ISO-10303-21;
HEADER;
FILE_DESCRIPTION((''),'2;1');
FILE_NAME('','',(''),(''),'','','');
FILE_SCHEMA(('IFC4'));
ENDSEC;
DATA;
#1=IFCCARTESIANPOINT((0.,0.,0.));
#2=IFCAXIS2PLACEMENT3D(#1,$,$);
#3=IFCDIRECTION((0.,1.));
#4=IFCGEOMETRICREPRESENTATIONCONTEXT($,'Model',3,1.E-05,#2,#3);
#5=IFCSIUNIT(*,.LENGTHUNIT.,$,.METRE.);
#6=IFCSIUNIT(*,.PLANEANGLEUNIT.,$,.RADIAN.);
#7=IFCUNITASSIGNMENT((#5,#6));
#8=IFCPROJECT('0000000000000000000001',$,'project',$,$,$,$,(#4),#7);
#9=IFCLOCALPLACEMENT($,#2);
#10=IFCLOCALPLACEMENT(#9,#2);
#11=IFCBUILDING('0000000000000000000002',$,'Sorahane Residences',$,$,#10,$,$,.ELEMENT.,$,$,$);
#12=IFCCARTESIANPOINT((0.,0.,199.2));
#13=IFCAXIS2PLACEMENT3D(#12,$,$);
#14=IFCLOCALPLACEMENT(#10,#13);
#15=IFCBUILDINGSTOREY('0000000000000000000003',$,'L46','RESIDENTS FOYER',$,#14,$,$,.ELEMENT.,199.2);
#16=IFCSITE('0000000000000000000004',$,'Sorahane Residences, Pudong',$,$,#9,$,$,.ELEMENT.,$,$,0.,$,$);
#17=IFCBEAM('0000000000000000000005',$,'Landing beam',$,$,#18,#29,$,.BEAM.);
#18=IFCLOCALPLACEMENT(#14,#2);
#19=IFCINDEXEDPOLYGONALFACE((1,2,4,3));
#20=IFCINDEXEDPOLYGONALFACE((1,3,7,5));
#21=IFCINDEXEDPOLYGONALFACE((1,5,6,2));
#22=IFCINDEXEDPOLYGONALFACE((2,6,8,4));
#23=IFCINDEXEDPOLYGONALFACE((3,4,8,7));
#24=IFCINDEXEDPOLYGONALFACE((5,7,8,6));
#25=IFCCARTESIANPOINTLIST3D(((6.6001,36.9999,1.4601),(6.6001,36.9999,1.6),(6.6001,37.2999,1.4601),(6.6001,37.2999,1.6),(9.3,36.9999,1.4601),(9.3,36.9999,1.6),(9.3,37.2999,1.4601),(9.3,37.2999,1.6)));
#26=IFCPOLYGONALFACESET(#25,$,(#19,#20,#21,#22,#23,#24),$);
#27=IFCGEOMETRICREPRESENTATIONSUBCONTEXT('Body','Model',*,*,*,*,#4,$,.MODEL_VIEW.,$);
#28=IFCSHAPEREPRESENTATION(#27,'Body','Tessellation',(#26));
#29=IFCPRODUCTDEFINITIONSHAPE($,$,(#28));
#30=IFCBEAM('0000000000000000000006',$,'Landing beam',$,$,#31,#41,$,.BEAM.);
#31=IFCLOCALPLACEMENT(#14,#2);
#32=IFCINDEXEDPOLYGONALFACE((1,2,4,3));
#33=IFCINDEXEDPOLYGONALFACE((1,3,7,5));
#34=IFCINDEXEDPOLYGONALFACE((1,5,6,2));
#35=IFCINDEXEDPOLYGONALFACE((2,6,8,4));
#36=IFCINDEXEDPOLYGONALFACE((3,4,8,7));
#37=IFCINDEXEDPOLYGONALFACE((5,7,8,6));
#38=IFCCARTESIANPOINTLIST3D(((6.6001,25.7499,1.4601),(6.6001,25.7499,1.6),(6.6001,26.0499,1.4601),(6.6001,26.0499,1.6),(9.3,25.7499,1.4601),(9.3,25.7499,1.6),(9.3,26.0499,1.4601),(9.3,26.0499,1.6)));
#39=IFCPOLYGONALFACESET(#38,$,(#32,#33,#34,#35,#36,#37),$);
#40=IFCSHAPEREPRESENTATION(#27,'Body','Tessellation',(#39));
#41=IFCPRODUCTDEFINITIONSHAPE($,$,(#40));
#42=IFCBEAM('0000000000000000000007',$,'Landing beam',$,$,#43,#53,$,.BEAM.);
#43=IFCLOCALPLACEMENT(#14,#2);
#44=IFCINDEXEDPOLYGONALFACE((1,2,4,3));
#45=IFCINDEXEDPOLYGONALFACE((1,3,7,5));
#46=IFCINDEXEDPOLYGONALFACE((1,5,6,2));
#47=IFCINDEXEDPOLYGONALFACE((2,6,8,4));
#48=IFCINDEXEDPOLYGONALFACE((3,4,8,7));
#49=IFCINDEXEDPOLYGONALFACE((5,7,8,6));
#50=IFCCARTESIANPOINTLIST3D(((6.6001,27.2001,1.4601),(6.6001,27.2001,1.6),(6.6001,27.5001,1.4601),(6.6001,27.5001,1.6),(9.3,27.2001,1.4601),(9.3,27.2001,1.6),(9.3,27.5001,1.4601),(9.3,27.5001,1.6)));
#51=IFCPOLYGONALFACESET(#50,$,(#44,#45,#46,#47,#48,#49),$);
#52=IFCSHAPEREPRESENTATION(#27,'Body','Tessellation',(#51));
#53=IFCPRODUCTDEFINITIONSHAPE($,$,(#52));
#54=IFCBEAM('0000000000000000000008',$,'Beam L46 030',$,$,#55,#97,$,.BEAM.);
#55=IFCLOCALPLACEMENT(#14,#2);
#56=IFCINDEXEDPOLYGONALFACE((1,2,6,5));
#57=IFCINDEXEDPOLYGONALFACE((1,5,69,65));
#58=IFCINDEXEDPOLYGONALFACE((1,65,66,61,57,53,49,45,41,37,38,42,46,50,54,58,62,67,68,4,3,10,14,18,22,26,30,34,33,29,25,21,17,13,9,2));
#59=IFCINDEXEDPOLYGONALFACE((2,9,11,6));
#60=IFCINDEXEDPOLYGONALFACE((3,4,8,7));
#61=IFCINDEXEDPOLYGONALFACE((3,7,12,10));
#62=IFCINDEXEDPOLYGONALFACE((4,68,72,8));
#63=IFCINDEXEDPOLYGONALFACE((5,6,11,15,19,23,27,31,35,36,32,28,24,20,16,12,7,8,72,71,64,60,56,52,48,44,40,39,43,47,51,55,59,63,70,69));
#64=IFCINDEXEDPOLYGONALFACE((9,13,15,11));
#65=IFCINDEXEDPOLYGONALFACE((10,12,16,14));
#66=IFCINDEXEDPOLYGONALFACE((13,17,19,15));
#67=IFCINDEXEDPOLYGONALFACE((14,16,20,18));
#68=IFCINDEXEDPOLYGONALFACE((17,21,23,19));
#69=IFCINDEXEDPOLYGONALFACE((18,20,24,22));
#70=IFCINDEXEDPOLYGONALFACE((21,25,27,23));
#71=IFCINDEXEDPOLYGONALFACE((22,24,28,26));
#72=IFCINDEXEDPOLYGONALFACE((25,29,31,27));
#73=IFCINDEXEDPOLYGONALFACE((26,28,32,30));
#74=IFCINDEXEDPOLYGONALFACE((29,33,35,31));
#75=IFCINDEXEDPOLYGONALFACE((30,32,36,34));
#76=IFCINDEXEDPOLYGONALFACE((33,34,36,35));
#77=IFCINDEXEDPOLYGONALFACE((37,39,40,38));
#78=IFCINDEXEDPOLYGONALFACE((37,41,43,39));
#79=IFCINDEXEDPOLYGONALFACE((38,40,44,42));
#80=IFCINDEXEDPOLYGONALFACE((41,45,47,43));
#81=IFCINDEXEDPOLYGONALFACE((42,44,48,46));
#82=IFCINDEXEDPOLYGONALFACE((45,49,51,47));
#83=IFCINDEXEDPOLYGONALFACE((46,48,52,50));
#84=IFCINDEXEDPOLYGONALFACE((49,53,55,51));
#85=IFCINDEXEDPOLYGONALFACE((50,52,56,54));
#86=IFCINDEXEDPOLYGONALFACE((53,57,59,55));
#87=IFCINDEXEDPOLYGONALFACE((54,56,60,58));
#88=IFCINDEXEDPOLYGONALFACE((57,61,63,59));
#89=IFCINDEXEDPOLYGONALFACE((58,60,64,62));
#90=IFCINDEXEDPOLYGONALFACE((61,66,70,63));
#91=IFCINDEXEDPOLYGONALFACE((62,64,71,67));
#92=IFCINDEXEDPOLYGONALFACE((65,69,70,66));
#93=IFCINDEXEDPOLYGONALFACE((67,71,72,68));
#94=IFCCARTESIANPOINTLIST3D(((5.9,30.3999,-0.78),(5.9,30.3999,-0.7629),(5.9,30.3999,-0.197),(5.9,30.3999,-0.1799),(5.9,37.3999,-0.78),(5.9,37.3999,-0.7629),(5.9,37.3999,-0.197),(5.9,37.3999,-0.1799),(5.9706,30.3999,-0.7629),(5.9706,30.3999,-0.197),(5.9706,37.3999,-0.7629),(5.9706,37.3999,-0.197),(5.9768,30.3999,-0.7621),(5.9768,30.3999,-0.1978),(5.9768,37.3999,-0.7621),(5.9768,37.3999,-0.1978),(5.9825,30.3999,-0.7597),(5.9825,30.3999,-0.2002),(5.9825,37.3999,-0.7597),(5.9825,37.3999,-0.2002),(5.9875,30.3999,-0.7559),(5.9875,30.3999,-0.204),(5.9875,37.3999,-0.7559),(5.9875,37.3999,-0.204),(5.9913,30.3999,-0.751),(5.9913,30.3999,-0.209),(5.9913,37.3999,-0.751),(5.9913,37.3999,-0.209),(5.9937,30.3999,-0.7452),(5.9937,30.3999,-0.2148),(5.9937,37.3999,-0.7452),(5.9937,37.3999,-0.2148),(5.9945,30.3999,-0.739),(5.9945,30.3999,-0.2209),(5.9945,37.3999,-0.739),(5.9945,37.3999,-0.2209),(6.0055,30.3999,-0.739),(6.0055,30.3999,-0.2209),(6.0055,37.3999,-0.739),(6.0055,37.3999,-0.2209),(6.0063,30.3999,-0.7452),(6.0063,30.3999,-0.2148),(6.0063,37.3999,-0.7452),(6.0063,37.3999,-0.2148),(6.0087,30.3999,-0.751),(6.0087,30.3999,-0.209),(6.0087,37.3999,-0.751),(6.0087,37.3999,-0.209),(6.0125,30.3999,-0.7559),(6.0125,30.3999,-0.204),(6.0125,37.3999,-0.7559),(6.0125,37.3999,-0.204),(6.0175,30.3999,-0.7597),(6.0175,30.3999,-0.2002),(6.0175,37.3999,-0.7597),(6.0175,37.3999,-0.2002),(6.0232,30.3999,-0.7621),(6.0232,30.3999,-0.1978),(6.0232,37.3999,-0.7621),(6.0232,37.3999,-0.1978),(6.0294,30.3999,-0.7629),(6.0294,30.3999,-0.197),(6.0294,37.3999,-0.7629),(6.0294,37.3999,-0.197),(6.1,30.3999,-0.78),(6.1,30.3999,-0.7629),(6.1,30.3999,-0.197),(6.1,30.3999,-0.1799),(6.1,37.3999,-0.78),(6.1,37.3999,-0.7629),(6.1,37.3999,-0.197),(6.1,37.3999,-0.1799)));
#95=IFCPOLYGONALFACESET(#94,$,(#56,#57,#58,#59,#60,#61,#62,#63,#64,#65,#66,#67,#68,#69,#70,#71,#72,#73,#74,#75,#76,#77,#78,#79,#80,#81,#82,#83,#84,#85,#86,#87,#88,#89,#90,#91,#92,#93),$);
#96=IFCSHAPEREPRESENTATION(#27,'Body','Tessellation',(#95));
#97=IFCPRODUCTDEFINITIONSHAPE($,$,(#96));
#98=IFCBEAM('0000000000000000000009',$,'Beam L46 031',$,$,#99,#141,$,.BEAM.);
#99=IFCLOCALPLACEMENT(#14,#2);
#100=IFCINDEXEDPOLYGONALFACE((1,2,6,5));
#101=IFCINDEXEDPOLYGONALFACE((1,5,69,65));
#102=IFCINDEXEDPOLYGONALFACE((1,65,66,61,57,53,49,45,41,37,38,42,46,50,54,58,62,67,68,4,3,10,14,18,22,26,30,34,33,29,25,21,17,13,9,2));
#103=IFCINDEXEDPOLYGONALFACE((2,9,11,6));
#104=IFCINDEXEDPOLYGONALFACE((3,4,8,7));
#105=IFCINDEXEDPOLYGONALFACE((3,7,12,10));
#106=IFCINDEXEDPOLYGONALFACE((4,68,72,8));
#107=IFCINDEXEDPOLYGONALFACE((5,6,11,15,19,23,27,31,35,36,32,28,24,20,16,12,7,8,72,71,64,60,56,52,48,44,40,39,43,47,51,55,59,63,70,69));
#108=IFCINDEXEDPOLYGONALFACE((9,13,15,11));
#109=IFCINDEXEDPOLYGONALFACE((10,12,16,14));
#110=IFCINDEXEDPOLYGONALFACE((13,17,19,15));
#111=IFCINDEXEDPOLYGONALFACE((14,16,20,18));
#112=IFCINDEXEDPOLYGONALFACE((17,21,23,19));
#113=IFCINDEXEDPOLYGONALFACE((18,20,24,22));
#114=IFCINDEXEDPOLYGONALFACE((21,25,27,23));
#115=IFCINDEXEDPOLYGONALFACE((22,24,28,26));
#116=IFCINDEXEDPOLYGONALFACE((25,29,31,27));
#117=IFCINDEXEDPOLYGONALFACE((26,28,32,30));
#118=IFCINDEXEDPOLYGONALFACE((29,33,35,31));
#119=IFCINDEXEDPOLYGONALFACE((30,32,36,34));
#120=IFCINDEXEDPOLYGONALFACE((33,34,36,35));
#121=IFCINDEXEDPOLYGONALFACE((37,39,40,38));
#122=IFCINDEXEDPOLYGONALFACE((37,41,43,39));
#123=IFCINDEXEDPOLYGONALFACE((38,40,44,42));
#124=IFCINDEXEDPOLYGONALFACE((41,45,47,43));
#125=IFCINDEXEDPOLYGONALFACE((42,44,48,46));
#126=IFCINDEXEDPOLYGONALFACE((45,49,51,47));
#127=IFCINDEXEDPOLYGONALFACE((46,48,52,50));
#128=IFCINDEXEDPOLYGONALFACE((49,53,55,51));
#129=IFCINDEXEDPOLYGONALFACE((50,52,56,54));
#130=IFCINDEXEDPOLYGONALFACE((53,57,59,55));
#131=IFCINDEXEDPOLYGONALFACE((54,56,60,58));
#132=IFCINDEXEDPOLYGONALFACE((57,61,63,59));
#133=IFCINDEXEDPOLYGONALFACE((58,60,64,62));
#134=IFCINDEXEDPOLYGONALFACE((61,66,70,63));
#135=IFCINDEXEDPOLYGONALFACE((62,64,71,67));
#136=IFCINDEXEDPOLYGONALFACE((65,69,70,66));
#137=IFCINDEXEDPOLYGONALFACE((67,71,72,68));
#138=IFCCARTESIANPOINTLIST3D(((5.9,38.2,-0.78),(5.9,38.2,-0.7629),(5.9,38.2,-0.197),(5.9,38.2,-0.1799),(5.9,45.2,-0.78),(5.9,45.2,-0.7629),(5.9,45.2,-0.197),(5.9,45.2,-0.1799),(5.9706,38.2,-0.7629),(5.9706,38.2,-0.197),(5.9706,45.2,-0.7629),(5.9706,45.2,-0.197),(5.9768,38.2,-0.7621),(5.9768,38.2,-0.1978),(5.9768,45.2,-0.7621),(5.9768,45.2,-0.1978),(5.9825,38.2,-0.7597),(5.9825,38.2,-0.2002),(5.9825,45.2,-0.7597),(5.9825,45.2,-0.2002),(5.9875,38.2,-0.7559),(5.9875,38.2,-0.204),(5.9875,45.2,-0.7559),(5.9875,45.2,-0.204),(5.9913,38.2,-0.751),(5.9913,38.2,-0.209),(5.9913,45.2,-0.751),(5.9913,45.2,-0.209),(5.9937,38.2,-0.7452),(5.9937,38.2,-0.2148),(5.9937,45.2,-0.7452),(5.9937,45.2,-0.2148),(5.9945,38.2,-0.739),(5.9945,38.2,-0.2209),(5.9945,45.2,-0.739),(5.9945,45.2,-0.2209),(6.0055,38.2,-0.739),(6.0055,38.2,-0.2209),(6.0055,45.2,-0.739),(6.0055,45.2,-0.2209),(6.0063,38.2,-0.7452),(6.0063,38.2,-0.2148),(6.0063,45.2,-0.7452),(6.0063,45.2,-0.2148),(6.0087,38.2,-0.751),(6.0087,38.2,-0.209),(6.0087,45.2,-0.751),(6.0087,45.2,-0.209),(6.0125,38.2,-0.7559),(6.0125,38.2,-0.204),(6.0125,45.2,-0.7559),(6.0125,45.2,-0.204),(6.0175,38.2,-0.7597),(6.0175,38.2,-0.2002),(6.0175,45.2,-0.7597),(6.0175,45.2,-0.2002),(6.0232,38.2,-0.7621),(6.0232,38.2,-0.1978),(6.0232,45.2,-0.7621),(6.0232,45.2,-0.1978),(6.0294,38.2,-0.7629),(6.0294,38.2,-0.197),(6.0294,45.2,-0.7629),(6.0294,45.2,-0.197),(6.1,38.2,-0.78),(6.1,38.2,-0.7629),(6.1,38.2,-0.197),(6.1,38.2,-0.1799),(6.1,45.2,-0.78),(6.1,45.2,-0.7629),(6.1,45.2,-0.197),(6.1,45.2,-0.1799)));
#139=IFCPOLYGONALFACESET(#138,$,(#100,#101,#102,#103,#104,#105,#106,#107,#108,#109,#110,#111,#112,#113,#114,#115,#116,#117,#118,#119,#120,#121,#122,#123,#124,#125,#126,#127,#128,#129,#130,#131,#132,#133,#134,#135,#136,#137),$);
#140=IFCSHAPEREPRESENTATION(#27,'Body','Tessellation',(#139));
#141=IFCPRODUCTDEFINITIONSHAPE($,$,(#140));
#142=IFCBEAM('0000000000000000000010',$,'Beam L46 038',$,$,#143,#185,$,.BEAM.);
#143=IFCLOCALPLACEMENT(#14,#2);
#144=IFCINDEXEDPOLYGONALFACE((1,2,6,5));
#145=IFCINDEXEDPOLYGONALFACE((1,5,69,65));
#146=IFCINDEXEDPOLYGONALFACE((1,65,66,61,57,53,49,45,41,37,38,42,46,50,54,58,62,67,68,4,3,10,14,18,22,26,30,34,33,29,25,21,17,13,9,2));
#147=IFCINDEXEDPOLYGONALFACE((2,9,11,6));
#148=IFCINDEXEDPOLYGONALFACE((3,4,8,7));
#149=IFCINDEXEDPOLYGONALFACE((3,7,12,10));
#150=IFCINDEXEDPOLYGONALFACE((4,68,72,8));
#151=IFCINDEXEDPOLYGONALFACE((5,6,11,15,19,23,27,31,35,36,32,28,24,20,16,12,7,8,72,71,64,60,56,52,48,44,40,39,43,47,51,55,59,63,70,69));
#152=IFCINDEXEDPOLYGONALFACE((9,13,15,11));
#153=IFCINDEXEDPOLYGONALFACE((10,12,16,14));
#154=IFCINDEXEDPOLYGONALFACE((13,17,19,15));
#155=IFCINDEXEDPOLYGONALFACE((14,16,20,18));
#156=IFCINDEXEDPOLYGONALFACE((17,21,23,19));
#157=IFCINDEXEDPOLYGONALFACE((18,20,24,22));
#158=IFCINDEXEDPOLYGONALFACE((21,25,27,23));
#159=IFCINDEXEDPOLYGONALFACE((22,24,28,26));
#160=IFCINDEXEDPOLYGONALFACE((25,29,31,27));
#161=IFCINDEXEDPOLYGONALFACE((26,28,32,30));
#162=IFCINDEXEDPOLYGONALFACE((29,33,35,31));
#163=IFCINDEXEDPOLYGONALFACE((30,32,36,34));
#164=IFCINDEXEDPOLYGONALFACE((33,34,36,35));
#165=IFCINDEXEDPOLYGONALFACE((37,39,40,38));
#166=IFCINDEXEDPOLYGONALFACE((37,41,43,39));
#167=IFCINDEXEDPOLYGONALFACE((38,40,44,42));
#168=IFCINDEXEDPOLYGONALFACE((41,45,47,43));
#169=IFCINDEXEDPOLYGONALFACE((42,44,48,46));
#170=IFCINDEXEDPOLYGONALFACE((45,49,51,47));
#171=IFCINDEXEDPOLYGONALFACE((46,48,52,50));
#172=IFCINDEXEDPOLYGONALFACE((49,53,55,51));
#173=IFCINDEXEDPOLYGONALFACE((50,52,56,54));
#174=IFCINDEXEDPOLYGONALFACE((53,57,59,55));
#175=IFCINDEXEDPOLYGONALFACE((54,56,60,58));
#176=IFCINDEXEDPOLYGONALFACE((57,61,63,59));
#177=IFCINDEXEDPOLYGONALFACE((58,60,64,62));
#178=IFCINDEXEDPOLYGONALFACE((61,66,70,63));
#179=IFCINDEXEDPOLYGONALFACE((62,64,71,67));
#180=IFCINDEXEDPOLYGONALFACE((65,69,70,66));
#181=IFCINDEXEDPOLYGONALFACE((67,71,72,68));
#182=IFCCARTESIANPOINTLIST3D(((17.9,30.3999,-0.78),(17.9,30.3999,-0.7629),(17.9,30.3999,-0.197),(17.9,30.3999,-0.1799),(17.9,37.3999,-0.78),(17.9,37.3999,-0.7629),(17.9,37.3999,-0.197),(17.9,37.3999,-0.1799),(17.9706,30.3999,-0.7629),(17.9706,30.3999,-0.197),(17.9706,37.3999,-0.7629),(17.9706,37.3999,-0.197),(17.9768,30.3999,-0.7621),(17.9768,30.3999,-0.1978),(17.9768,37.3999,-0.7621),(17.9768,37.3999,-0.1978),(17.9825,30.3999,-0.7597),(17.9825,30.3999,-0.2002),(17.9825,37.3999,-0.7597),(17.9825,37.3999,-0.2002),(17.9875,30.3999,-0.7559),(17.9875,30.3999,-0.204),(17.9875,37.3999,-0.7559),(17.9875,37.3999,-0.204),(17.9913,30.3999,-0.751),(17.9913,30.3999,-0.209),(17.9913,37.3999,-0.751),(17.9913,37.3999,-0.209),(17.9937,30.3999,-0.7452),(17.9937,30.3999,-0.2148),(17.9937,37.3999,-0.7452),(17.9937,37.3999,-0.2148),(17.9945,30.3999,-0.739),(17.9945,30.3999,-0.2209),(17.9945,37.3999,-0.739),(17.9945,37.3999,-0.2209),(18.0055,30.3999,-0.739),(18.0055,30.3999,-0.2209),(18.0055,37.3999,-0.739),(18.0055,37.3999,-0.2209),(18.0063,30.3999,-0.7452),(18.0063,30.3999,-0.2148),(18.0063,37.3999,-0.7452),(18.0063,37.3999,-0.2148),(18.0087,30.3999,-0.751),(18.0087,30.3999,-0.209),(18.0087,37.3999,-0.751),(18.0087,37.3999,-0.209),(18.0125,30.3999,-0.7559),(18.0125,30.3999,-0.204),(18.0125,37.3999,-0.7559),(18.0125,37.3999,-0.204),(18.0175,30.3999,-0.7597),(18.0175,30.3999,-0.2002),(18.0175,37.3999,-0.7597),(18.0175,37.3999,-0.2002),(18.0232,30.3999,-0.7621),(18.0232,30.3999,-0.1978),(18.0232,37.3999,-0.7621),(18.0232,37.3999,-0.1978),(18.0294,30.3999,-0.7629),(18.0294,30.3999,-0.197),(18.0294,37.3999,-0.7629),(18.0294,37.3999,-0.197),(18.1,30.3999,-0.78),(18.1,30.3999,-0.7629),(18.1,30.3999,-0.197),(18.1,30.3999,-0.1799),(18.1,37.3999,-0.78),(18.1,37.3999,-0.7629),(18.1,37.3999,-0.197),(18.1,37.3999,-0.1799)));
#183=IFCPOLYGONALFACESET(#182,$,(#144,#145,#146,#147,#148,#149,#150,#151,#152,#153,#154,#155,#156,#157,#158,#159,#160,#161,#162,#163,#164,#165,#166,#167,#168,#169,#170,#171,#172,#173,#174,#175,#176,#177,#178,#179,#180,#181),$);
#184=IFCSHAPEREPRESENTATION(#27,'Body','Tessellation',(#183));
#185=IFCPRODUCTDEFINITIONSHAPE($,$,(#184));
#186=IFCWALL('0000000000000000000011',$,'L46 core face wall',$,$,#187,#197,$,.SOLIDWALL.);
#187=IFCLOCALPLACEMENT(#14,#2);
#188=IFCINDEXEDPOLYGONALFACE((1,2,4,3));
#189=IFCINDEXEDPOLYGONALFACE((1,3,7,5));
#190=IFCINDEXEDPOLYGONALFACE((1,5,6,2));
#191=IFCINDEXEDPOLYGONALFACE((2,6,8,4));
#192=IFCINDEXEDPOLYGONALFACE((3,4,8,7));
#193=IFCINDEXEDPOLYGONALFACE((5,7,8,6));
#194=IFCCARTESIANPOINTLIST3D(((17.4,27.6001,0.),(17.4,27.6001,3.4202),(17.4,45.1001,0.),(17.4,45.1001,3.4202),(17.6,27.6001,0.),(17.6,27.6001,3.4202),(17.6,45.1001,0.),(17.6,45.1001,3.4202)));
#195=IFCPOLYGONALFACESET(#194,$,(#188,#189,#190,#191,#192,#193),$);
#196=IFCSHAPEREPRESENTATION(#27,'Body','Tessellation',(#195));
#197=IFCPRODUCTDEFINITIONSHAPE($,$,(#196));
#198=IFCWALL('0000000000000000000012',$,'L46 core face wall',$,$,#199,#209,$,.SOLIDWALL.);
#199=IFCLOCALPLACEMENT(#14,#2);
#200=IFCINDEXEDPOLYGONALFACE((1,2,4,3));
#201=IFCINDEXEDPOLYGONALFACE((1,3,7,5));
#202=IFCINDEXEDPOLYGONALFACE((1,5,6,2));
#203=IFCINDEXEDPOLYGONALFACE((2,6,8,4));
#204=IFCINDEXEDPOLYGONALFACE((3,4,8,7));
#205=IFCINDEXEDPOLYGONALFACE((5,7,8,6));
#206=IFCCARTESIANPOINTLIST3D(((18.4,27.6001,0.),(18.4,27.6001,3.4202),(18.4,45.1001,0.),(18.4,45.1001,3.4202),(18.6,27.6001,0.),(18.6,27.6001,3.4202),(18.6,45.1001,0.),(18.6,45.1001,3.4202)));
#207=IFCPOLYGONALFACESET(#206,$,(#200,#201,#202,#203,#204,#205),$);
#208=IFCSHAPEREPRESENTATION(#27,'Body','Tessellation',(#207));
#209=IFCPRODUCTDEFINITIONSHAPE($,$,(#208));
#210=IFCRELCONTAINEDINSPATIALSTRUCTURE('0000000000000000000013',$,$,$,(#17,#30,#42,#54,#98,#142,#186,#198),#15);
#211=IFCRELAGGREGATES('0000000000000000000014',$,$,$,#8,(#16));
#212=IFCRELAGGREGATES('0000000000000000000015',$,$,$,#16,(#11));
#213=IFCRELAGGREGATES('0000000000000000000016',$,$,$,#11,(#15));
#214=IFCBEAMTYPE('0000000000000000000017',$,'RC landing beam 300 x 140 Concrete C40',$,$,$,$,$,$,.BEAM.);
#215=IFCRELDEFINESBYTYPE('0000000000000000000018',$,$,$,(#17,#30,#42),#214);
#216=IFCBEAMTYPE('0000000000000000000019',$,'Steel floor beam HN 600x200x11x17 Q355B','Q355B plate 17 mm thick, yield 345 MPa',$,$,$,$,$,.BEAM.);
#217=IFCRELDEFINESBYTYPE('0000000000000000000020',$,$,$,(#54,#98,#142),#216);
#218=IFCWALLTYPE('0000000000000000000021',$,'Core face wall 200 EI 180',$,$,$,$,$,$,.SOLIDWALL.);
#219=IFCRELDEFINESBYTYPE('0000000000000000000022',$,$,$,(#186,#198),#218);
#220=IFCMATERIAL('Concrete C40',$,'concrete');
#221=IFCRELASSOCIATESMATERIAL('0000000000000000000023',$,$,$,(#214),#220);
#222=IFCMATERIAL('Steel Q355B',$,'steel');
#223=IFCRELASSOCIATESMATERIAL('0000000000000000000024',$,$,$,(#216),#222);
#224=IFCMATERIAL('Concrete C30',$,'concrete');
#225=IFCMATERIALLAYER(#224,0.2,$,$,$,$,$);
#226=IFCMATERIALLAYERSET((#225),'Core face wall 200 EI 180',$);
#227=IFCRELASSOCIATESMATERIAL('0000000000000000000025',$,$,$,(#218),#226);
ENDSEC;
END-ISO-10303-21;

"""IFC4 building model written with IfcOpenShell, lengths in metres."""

from ifc_helpers import new_model, si_unit, direction, frame, frame_2d, origin, origin_2d, place, context, subcontext, project, spatial, rectangle, i_section, extrude, material, layer, layer_set, material_profile, profile_set, type_object, element, save


model = new_model("IFC4")

# Units and contexts
model_context = context("Model", 3, precision=1e-05, world=origin(), true_north=direction((0.0, 1.0)))
body_context = subcontext(model_context, "Body", "Model", "MODEL_VIEW")
ifc_project = project(units=[si_unit("LENGTHUNIT", "METRE"), si_unit("PLANEANGLEUNIT", "RADIAN")], contexts=[model_context])

# Site, building, storey
site_placement = place(None, origin())
site = spatial("IfcSite", under=ifc_project, at=site_placement, Name="Sorahane Residences, Pudong", CompositionType="ELEMENT", RefElevation=0.0)
building_placement = place(site_placement, origin())
building = spatial("IfcBuilding", under=site, at=building_placement, Name="Sorahane Residences", CompositionType="ELEMENT")
storey_placement = place(building_placement, frame((0.0, 0.0, 199.2)))
storey = spatial("IfcBuildingStorey", under=building, at=storey_placement, Name="L46", Description="RESIDENTS FOYER", CompositionType="ELEMENT", Elevation=199.2)

# Beams
ifc_material_1 = material(Name="Concrete C40", Category="concrete")
ifc_material_profile_1 = material_profile(ifc_material_1, rectangle(XDim=0.3, YDim=0.1399, at=origin_2d()), Name="300x140")
ifc_profile_set_1 = profile_set([ifc_material_profile_1], Name="Concrete C40")
beam_type_1 = type_object("IfcBeamType", Name="RC landing beam 300 x 140 Concrete C40", PredefinedType="BEAM", material=ifc_profile_set_1)
for number, where, z_axis, x_axis, name in (
    (1, (6.6001, 37.1499, 1.53), (1.0, 0.0, 0.0), (0.0, 1.0, 0.0), "Landing beam"),
    (2, (6.6001, 25.8999, 1.53), (1.0, 0.0, 0.0), (0.0, 1.0, 0.0), "Landing beam"),
    (3, (6.6001, 27.3501, 1.53), (1.0, 0.0, 0.0), (0.0, 1.0, 0.0), "Landing beam"),
):
    element("IfcBeam", number, at=place(storey_placement, frame(where, z_axis=z_axis, x_axis=x_axis)), inside=storey, type_object=beam_type_1, Name=name, PredefinedType="BEAM", context=body_context, shape_type="SweptSolid", body=[
        extrude(rectangle(XDim=0.3, YDim=0.1399, at=origin_2d()), origin(), (0.0, 0.0, 1.0), 2.7),
    ])
ifc_material_2 = material(Name="Steel Q355B", Category="steel")
ifc_material_profile_2 = material_profile(ifc_material_2, i_section(OverallWidth=0.2, OverallDepth=0.6001, WebThickness=0.011, FlangeThickness=0.0171, FilletRadius=0.0239, at=origin_2d()), Name="HN 600x200x11x17")
ifc_profile_set_2 = profile_set([ifc_material_profile_2], Name="Steel Q355B")
beam_type_2 = type_object("IfcBeamType", Name="Steel floor beam HN 600x200x11x17 Q355B", Description="Q355B plate 17 mm thick, yield 345 MPa", PredefinedType="BEAM", material=ifc_profile_set_2)
for number, where, z_axis, x_axis, name in (
    (4, (6.0, 30.3999, -0.48), (0.0, 1.0, 0.0), (-1.0, 0.0, 0.0), "Beam L46 030"),
    (5, (6.0, 38.2, -0.48), (0.0, 1.0, 0.0), (-1.0, 0.0, 0.0), "Beam L46 031"),
    (6, (18.0, 30.3999, -0.48), (0.0, 1.0, 0.0), (-1.0, 0.0, 0.0), "Beam L46 038"),
):
    element("IfcBeam", number, at=place(storey_placement, frame(where, z_axis=z_axis, x_axis=x_axis)), inside=storey, type_object=beam_type_2, Name=name, PredefinedType="BEAM", context=body_context, shape_type="SweptSolid", body=[
        extrude(i_section(OverallWidth=0.2, OverallDepth=0.6001, WebThickness=0.011, FlangeThickness=0.0171, FilletRadius=0.0239, at=origin_2d()), origin(), (0.0, 0.0, 1.0), 7.0),
    ])

# Walls
ifc_material_3 = material(Name="Concrete C30", Category="concrete")
ifc_layer_1 = layer(ifc_material_3, 0.2)
ifc_layer_set_1 = layer_set([ifc_layer_1], Name="Core face wall 200 EI 180")
wall_type_1 = type_object("IfcWallType", Name="Core face wall 200 EI 180", PredefinedType="SOLIDWALL", material=ifc_layer_set_1)
for number, where, z_axis, x_axis, name in (
    (7, (17.5, 27.6001, 0.0), (0.0, 0.0, 1.0), (0.0, 1.0, 0.0), "L46 core face wall"),
    (8, (18.5, 27.6001, 0.0), (0.0, 0.0, 1.0), (0.0, 1.0, 0.0), "L46 core face wall"),
):
    element("IfcWall", number, at=place(storey_placement, frame(where, z_axis=z_axis, x_axis=x_axis)), inside=storey, type_object=wall_type_1, Name=name, PredefinedType="SOLIDWALL", context=body_context, shape_type="SweptSolid", body=[
        extrude(rectangle(XDim=17.5, YDim=0.2, at=frame_2d((8.75, 0.0))), origin(), (0.0, 0.0, 1.0), 3.4202),
    ])

save(model, "model.ifc")
